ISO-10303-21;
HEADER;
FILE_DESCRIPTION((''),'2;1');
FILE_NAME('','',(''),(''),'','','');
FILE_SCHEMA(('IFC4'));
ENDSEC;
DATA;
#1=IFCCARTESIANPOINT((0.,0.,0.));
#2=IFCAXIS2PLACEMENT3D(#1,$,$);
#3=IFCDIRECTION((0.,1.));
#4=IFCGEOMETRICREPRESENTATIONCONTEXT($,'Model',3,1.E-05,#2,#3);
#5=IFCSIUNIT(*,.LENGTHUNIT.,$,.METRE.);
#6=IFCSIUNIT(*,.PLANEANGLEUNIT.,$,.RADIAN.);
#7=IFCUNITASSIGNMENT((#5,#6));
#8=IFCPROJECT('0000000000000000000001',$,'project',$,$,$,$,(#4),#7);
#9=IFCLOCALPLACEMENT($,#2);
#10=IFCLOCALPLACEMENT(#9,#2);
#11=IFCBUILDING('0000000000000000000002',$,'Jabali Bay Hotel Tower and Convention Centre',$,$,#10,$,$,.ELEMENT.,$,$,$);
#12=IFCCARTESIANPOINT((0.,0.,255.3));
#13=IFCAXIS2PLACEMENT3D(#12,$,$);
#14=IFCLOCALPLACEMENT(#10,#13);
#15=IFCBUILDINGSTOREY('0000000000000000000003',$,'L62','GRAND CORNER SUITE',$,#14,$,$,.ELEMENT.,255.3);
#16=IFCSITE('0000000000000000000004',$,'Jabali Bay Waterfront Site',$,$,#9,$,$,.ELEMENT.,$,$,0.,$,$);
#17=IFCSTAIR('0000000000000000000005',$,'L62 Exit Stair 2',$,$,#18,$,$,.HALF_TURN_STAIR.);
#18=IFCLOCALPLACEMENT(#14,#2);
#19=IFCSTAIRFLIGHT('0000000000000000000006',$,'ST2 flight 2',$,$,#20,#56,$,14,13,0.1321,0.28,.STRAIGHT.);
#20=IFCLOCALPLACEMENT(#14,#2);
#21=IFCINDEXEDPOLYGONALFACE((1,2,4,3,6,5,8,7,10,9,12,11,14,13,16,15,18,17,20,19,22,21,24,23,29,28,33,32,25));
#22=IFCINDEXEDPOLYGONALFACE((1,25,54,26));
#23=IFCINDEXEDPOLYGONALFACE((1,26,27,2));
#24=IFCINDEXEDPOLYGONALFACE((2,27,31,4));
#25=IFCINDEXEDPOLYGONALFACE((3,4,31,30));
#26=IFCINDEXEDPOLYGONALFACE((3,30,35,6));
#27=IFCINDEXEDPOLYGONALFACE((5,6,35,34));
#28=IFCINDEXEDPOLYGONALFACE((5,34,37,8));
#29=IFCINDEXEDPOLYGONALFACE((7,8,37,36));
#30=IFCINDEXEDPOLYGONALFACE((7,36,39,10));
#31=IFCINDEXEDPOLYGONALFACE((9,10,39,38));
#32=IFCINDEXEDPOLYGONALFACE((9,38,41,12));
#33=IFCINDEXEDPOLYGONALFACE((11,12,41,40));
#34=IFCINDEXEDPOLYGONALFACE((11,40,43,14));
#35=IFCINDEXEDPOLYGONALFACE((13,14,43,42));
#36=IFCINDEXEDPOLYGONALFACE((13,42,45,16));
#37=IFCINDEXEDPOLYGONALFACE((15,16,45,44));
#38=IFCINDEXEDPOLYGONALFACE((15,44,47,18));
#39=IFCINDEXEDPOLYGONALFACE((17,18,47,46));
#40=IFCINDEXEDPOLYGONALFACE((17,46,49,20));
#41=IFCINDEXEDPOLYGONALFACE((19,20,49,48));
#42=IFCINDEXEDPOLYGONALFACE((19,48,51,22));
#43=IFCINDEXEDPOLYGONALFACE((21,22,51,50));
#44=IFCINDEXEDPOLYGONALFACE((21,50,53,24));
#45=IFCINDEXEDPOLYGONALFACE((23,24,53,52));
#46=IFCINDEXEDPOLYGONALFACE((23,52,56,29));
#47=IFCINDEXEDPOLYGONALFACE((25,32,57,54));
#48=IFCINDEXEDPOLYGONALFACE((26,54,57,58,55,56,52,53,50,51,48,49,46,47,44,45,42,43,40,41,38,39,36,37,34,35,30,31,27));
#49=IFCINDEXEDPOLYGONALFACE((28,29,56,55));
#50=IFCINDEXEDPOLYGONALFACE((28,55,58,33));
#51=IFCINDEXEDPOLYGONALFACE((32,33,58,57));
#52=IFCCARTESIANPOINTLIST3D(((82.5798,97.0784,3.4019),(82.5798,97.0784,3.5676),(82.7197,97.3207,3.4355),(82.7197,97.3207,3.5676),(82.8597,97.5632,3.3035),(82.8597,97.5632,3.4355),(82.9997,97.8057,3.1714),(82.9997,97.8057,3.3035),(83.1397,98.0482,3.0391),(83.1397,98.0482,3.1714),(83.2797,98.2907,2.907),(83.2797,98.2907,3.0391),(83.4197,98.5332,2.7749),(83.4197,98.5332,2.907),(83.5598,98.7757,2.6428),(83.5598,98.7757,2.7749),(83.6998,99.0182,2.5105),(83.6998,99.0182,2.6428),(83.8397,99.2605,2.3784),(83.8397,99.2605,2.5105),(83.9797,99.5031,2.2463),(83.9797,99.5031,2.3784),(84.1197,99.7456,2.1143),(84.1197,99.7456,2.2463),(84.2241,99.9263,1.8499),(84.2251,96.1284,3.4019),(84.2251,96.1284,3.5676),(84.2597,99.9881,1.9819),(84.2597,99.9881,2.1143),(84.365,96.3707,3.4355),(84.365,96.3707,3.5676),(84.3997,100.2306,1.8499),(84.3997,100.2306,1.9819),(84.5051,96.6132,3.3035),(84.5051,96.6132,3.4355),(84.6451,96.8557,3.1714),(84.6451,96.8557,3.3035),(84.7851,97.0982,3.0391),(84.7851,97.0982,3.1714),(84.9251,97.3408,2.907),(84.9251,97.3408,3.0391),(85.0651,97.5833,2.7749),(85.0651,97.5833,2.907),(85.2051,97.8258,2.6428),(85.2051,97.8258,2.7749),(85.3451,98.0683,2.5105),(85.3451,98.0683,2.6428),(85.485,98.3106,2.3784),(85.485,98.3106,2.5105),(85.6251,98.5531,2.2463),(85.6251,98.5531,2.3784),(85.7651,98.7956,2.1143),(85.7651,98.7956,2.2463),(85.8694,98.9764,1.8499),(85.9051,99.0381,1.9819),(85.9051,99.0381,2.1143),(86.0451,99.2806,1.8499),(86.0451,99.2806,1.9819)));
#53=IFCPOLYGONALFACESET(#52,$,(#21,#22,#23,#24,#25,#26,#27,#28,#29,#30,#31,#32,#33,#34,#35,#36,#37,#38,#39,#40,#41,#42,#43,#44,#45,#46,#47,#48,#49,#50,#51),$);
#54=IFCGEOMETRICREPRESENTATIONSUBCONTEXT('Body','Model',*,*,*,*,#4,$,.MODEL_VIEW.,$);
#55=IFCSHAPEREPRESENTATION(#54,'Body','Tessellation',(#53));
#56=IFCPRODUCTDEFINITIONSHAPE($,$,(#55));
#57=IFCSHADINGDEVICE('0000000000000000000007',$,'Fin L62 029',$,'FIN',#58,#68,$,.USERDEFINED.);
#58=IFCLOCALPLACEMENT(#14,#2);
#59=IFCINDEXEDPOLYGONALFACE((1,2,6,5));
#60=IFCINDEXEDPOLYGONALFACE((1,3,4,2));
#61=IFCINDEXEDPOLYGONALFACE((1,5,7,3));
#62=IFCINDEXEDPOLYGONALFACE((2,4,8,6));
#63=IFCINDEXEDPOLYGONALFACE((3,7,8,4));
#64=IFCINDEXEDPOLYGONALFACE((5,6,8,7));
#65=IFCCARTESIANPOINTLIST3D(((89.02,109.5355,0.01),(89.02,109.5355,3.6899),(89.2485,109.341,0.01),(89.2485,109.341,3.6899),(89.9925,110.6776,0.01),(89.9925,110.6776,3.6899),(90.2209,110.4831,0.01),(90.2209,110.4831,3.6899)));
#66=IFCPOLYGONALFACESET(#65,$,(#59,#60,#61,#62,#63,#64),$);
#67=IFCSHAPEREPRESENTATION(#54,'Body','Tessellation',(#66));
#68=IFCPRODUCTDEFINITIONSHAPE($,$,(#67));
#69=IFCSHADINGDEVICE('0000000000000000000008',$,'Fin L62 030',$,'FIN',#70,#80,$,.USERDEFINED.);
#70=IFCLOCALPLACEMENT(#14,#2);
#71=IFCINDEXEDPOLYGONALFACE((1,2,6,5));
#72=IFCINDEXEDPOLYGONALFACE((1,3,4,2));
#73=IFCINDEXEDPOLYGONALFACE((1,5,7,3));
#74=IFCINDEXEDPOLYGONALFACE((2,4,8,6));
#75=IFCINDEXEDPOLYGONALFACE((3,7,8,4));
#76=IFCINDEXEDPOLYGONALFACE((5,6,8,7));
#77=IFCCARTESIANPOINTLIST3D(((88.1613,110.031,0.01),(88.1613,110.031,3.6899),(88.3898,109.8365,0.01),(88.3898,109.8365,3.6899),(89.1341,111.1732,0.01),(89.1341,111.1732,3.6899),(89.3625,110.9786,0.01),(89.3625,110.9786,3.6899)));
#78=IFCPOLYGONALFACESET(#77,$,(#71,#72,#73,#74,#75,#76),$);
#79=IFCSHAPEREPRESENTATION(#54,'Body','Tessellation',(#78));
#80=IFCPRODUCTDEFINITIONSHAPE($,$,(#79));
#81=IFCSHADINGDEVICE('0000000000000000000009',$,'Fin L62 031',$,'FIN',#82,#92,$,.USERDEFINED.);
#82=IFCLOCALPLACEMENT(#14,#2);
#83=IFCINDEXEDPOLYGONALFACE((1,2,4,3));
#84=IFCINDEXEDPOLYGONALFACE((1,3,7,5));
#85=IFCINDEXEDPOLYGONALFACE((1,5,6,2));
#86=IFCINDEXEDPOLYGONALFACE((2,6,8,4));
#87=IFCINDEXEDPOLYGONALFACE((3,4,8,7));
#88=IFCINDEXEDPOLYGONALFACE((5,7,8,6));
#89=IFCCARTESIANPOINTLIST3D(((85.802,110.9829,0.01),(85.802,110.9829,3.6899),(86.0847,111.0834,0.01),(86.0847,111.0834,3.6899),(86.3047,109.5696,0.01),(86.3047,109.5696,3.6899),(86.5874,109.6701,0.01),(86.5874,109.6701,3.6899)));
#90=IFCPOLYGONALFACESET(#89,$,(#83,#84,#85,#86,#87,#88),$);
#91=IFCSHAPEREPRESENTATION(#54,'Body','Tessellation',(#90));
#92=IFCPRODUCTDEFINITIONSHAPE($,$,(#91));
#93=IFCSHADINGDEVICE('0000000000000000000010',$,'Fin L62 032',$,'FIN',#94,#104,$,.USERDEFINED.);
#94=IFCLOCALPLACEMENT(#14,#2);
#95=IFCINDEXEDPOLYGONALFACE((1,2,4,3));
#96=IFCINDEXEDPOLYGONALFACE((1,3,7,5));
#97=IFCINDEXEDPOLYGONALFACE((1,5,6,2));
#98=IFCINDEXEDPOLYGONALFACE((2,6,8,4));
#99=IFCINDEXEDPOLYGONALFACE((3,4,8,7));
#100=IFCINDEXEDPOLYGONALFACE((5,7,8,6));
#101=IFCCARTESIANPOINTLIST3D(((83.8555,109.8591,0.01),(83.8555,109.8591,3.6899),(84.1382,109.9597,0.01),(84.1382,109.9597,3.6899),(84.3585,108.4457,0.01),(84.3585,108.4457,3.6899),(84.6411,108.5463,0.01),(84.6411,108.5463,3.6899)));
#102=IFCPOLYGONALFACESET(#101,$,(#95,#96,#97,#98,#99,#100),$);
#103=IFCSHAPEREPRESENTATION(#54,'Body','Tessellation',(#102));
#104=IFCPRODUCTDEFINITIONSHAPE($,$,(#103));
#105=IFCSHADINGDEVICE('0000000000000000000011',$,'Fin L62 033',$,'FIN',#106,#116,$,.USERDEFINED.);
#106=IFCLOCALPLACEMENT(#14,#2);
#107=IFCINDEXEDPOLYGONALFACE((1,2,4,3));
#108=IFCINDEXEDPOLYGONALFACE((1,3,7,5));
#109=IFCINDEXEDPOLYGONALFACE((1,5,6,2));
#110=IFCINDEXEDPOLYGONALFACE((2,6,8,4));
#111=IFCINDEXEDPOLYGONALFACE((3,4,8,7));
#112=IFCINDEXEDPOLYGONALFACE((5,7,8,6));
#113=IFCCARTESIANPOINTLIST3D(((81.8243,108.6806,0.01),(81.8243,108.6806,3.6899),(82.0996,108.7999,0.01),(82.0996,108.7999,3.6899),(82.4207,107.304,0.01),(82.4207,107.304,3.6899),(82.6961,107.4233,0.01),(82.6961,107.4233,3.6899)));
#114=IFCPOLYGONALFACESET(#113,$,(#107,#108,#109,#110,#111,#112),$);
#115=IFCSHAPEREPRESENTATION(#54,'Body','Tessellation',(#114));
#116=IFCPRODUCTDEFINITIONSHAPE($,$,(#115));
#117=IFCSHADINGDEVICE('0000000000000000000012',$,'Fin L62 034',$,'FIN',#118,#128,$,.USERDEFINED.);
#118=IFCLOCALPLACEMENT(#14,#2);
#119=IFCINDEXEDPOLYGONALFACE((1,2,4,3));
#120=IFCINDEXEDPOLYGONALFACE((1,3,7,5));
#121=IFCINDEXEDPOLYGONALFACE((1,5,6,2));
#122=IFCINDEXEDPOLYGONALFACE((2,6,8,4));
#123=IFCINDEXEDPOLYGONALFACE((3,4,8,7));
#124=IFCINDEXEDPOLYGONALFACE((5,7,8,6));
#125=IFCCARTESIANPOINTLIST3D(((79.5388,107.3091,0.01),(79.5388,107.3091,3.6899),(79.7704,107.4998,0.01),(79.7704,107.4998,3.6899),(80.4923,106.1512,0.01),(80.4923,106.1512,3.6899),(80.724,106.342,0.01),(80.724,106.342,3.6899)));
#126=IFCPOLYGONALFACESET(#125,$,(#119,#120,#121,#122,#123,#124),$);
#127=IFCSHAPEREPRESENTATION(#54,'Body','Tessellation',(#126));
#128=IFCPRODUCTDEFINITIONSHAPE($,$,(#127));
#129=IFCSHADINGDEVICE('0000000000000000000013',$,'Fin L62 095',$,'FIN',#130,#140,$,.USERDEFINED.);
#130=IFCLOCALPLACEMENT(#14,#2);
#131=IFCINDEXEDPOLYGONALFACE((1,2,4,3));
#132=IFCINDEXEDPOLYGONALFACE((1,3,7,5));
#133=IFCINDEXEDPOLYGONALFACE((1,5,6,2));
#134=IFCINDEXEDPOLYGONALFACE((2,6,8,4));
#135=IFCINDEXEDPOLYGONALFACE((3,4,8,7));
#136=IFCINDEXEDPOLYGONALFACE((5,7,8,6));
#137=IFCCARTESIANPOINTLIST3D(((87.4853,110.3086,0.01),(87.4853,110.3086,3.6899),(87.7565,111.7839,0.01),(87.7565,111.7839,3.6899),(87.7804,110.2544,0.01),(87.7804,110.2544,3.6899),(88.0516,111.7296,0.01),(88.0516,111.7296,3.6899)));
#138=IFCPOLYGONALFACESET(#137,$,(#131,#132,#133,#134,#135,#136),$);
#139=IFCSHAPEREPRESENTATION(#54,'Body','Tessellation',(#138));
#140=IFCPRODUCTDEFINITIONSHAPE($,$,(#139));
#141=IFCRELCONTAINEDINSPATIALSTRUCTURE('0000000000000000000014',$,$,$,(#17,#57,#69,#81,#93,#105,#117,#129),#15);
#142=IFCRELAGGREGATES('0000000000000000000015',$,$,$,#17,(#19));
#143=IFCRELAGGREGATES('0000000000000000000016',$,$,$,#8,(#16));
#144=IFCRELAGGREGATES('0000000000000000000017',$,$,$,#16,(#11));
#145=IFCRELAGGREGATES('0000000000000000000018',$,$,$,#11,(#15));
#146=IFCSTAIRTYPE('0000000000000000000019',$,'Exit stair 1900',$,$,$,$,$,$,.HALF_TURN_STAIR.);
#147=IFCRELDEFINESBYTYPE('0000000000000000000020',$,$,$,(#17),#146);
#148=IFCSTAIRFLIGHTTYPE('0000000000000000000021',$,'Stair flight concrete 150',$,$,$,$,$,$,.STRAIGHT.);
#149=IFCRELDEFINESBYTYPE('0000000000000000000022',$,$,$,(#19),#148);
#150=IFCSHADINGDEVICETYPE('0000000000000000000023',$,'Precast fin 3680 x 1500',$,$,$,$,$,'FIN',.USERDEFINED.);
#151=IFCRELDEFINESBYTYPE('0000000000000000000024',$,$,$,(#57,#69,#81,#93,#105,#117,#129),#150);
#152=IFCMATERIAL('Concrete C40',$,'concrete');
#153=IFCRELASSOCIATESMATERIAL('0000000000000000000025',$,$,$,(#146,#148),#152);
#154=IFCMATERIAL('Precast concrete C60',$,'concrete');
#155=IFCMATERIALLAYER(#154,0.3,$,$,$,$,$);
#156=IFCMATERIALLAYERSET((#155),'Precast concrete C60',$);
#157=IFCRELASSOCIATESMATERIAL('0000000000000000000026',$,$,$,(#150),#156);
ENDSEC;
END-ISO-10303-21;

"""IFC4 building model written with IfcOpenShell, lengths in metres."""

from ifc_helpers import new_model, si_unit, direction, frame, frame_2d, origin, place, context, subcontext, project, spatial, polyline, rectangle, outline, extrude, material, layer, layer_set, type_object, element, aggregate, save


model = new_model("IFC4")

# Units and contexts
model_context = context("Model", 3, precision=1e-05, world=origin(), true_north=direction((0.0, 1.0)))
body_context = subcontext(model_context, "Body", "Model", "MODEL_VIEW")
ifc_project = project(units=[si_unit("LENGTHUNIT", "METRE"), si_unit("PLANEANGLEUNIT", "RADIAN")], contexts=[model_context])

# Site, building, storey
site_placement = place(None, origin())
site = spatial("IfcSite", under=ifc_project, at=site_placement, Name="Jabali Bay Waterfront Site", CompositionType="ELEMENT", RefElevation=0.0)
building_placement = place(site_placement, origin())
building = spatial("IfcBuilding", under=site, at=building_placement, Name="Jabali Bay Hotel Tower and Convention Centre", CompositionType="ELEMENT")
storey_placement = place(building_placement, frame((0.0, 0.0, 255.3)))
storey = spatial("IfcBuildingStorey", under=building, at=storey_placement, Name="L62", Description="GRAND CORNER SUITE", CompositionType="ELEMENT", Elevation=255.3)

# Shared definitions
ifc_material_1 = material(Name="Concrete C40", Category="concrete")

# Stair, stair flight
stair_type = type_object("IfcStairType", Name="Exit stair 1900", PredefinedType="HALF_TURN_STAIR", material=ifc_material_1)
stair_placement = place(storey_placement, origin())
stair = element("IfcStair", 1, at=stair_placement, inside=storey, type_object=stair_type, Name="L62 Exit Stair 2", PredefinedType="HALF_TURN_STAIR")
stair_flight_type = type_object("IfcStairFlightType", Name="Stair flight concrete 150", PredefinedType="STRAIGHT", material=ifc_material_1)
stair_flight_placement = place(storey_placement, frame((85.2224, 99.7556, 1.8499), z_axis=(0.0, 0.0, 1.0), x_axis=(-0.5, -0.866025, 0.0)))
stair_flight = element("IfcStairFlight", 2, at=stair_flight_placement, type_object=stair_flight_type, Name="ST2 flight 2", NumberOfRisers=14, NumberOfTreads=13, PredefinedType="STRAIGHT", RiserHeight=0.1321, TreadLength=0.28, context=body_context, shape_type="SweptSolid", body=[
    extrude(outline(polyline([(0.0, 0.0), (0.0, 0.1321), (0.28, 0.1321), (0.28, 0.2644), (0.5601, 0.2644), (0.5601, 0.3965), (0.8401, 0.3965), (0.8401, 0.5286), (1.1201, 0.5286), (1.1201, 0.6606), (1.3999, 0.6606), (1.3999, 0.793), (1.6799, 0.793), (1.6799, 0.925), (1.96, 0.925), (1.96, 1.0571), (2.24, 1.0571), (2.24, 1.1892), (2.52, 1.1892), (2.52, 1.3215), (2.8, 1.3215), (2.8, 1.4536), (3.0801, 1.4536), (3.0801, 1.5857), (3.3601, 1.5857), (3.3601, 1.7178), (3.6399, 1.7178), (3.6399, 1.8501), (3.6399, 1.552), (0.3513, 0.0), (0.0, 0.0)])), frame((0.0, 0.95, 0.0), z_axis=(0.0, -1.0, 0.0), x_axis=(1.0, 0.0, 0.0)), (0.0, 0.0, 1.0), 1.8999),
])
aggregate(stair, [stair_flight])

# Shading devices
ifc_material_2 = material(Name="Precast concrete C60", Category="concrete")
ifc_layer_1 = layer(ifc_material_2, 0.3)
ifc_layer_set_1 = layer_set([ifc_layer_1], Name="Precast concrete C60")
shading_device_type = type_object("IfcShadingDeviceType", Name="Precast fin 3680 x 1500", ElementType="FIN", PredefinedType="USERDEFINED", material=ifc_layer_set_1)
shading_device_1_placement = place(storey_placement, frame((89.1343, 109.4382, 0.01), z_axis=(0.0, 0.0, 1.0), x_axis=(0.648281, 0.761401, 0.0)))
element("IfcShadingDevice", 3, at=shading_device_1_placement, inside=storey, type_object=shading_device_type, Name="Fin L62 029", ObjectType="FIN", PredefinedType="USERDEFINED", context=body_context, shape_type="SweptSolid", body=[
    extrude(rectangle(XDim=1.5, YDim=0.3, at=frame_2d((0.75, 0.0))), origin(), (0.0, 0.0, 1.0), 3.6799),
])
shading_device_2_placement = place(storey_placement, frame((88.2756, 109.9338, 0.01), z_axis=(0.0, 0.0, 1.0), x_axis=(0.648376, 0.761321, 0.0)))
element("IfcShadingDevice", 4, at=shading_device_2_placement, inside=storey, type_object=shading_device_type, Name="Fin L62 030", ObjectType="FIN", PredefinedType="USERDEFINED", context=body_context, shape_type="SweptSolid", body=[
    extrude(rectangle(XDim=1.5002, YDim=0.3, at=frame_2d((0.75, 0.0))), origin(), (0.0, 0.0, 1.0), 3.6799),
])
shading_device_3_placement = place(storey_placement, frame((86.446, 109.6199, 0.01), z_axis=(0.0, 0.0, 1.0), x_axis=(-0.335109, 0.942179, 0.0)))
element("IfcShadingDevice", 5, at=shading_device_3_placement, inside=storey, type_object=shading_device_type, Name="Fin L62 031", ObjectType="FIN", PredefinedType="USERDEFINED", context=body_context, shape_type="SweptSolid", body=[
    extrude(rectangle(XDim=1.5, YDim=0.3, at=frame_2d((0.75, 0.0))), origin(), (0.0, 0.0, 1.0), 3.6799),
])
for number, where, z_axis, x_axis, name in (
    (6, (84.4998, 108.4961, 0.01), (0.0, 0.0, 1.0), (-0.335254, 0.942128, 0.0), "Fin L62 032"),
    (7, (82.5583, 107.3638, 0.01), (0.0, 0.0, 1.0), (-0.397589, 0.917564, 0.0), "Fin L62 033"),
):
    element("IfcShadingDevice", number, at=place(storey_placement, frame(where, z_axis=z_axis, x_axis=x_axis)), inside=storey, type_object=shading_device_type, Name=name, ObjectType="FIN", PredefinedType="USERDEFINED", context=body_context, shape_type="SweptSolid", body=[
        extrude(rectangle(XDim=1.5002, YDim=0.3, at=frame_2d((0.75, 0.0))), origin(), (0.0, 0.0, 1.0), 3.6799),
    ])
for number, where, z_axis, x_axis, name in (
    (8, (80.6082, 106.2466, 0.01), (0.0, 0.0, 1.0), (-0.635707, 0.77193, 0.0), "Fin L62 034"),
    (9, (87.6328, 110.2815, 0.01), (0.0, 0.0, 1.0), (0.180819, 0.983516, 0.0), "Fin L62 095"),
):
    element("IfcShadingDevice", number, at=place(storey_placement, frame(where, z_axis=z_axis, x_axis=x_axis)), inside=storey, type_object=shading_device_type, Name=name, ObjectType="FIN", PredefinedType="USERDEFINED", context=body_context, shape_type="SweptSolid", body=[
        extrude(rectangle(XDim=1.5, YDim=0.3, at=frame_2d((0.75, 0.0))), origin(), (0.0, 0.0, 1.0), 3.6799),
    ])

save(model, "model.ifc")
